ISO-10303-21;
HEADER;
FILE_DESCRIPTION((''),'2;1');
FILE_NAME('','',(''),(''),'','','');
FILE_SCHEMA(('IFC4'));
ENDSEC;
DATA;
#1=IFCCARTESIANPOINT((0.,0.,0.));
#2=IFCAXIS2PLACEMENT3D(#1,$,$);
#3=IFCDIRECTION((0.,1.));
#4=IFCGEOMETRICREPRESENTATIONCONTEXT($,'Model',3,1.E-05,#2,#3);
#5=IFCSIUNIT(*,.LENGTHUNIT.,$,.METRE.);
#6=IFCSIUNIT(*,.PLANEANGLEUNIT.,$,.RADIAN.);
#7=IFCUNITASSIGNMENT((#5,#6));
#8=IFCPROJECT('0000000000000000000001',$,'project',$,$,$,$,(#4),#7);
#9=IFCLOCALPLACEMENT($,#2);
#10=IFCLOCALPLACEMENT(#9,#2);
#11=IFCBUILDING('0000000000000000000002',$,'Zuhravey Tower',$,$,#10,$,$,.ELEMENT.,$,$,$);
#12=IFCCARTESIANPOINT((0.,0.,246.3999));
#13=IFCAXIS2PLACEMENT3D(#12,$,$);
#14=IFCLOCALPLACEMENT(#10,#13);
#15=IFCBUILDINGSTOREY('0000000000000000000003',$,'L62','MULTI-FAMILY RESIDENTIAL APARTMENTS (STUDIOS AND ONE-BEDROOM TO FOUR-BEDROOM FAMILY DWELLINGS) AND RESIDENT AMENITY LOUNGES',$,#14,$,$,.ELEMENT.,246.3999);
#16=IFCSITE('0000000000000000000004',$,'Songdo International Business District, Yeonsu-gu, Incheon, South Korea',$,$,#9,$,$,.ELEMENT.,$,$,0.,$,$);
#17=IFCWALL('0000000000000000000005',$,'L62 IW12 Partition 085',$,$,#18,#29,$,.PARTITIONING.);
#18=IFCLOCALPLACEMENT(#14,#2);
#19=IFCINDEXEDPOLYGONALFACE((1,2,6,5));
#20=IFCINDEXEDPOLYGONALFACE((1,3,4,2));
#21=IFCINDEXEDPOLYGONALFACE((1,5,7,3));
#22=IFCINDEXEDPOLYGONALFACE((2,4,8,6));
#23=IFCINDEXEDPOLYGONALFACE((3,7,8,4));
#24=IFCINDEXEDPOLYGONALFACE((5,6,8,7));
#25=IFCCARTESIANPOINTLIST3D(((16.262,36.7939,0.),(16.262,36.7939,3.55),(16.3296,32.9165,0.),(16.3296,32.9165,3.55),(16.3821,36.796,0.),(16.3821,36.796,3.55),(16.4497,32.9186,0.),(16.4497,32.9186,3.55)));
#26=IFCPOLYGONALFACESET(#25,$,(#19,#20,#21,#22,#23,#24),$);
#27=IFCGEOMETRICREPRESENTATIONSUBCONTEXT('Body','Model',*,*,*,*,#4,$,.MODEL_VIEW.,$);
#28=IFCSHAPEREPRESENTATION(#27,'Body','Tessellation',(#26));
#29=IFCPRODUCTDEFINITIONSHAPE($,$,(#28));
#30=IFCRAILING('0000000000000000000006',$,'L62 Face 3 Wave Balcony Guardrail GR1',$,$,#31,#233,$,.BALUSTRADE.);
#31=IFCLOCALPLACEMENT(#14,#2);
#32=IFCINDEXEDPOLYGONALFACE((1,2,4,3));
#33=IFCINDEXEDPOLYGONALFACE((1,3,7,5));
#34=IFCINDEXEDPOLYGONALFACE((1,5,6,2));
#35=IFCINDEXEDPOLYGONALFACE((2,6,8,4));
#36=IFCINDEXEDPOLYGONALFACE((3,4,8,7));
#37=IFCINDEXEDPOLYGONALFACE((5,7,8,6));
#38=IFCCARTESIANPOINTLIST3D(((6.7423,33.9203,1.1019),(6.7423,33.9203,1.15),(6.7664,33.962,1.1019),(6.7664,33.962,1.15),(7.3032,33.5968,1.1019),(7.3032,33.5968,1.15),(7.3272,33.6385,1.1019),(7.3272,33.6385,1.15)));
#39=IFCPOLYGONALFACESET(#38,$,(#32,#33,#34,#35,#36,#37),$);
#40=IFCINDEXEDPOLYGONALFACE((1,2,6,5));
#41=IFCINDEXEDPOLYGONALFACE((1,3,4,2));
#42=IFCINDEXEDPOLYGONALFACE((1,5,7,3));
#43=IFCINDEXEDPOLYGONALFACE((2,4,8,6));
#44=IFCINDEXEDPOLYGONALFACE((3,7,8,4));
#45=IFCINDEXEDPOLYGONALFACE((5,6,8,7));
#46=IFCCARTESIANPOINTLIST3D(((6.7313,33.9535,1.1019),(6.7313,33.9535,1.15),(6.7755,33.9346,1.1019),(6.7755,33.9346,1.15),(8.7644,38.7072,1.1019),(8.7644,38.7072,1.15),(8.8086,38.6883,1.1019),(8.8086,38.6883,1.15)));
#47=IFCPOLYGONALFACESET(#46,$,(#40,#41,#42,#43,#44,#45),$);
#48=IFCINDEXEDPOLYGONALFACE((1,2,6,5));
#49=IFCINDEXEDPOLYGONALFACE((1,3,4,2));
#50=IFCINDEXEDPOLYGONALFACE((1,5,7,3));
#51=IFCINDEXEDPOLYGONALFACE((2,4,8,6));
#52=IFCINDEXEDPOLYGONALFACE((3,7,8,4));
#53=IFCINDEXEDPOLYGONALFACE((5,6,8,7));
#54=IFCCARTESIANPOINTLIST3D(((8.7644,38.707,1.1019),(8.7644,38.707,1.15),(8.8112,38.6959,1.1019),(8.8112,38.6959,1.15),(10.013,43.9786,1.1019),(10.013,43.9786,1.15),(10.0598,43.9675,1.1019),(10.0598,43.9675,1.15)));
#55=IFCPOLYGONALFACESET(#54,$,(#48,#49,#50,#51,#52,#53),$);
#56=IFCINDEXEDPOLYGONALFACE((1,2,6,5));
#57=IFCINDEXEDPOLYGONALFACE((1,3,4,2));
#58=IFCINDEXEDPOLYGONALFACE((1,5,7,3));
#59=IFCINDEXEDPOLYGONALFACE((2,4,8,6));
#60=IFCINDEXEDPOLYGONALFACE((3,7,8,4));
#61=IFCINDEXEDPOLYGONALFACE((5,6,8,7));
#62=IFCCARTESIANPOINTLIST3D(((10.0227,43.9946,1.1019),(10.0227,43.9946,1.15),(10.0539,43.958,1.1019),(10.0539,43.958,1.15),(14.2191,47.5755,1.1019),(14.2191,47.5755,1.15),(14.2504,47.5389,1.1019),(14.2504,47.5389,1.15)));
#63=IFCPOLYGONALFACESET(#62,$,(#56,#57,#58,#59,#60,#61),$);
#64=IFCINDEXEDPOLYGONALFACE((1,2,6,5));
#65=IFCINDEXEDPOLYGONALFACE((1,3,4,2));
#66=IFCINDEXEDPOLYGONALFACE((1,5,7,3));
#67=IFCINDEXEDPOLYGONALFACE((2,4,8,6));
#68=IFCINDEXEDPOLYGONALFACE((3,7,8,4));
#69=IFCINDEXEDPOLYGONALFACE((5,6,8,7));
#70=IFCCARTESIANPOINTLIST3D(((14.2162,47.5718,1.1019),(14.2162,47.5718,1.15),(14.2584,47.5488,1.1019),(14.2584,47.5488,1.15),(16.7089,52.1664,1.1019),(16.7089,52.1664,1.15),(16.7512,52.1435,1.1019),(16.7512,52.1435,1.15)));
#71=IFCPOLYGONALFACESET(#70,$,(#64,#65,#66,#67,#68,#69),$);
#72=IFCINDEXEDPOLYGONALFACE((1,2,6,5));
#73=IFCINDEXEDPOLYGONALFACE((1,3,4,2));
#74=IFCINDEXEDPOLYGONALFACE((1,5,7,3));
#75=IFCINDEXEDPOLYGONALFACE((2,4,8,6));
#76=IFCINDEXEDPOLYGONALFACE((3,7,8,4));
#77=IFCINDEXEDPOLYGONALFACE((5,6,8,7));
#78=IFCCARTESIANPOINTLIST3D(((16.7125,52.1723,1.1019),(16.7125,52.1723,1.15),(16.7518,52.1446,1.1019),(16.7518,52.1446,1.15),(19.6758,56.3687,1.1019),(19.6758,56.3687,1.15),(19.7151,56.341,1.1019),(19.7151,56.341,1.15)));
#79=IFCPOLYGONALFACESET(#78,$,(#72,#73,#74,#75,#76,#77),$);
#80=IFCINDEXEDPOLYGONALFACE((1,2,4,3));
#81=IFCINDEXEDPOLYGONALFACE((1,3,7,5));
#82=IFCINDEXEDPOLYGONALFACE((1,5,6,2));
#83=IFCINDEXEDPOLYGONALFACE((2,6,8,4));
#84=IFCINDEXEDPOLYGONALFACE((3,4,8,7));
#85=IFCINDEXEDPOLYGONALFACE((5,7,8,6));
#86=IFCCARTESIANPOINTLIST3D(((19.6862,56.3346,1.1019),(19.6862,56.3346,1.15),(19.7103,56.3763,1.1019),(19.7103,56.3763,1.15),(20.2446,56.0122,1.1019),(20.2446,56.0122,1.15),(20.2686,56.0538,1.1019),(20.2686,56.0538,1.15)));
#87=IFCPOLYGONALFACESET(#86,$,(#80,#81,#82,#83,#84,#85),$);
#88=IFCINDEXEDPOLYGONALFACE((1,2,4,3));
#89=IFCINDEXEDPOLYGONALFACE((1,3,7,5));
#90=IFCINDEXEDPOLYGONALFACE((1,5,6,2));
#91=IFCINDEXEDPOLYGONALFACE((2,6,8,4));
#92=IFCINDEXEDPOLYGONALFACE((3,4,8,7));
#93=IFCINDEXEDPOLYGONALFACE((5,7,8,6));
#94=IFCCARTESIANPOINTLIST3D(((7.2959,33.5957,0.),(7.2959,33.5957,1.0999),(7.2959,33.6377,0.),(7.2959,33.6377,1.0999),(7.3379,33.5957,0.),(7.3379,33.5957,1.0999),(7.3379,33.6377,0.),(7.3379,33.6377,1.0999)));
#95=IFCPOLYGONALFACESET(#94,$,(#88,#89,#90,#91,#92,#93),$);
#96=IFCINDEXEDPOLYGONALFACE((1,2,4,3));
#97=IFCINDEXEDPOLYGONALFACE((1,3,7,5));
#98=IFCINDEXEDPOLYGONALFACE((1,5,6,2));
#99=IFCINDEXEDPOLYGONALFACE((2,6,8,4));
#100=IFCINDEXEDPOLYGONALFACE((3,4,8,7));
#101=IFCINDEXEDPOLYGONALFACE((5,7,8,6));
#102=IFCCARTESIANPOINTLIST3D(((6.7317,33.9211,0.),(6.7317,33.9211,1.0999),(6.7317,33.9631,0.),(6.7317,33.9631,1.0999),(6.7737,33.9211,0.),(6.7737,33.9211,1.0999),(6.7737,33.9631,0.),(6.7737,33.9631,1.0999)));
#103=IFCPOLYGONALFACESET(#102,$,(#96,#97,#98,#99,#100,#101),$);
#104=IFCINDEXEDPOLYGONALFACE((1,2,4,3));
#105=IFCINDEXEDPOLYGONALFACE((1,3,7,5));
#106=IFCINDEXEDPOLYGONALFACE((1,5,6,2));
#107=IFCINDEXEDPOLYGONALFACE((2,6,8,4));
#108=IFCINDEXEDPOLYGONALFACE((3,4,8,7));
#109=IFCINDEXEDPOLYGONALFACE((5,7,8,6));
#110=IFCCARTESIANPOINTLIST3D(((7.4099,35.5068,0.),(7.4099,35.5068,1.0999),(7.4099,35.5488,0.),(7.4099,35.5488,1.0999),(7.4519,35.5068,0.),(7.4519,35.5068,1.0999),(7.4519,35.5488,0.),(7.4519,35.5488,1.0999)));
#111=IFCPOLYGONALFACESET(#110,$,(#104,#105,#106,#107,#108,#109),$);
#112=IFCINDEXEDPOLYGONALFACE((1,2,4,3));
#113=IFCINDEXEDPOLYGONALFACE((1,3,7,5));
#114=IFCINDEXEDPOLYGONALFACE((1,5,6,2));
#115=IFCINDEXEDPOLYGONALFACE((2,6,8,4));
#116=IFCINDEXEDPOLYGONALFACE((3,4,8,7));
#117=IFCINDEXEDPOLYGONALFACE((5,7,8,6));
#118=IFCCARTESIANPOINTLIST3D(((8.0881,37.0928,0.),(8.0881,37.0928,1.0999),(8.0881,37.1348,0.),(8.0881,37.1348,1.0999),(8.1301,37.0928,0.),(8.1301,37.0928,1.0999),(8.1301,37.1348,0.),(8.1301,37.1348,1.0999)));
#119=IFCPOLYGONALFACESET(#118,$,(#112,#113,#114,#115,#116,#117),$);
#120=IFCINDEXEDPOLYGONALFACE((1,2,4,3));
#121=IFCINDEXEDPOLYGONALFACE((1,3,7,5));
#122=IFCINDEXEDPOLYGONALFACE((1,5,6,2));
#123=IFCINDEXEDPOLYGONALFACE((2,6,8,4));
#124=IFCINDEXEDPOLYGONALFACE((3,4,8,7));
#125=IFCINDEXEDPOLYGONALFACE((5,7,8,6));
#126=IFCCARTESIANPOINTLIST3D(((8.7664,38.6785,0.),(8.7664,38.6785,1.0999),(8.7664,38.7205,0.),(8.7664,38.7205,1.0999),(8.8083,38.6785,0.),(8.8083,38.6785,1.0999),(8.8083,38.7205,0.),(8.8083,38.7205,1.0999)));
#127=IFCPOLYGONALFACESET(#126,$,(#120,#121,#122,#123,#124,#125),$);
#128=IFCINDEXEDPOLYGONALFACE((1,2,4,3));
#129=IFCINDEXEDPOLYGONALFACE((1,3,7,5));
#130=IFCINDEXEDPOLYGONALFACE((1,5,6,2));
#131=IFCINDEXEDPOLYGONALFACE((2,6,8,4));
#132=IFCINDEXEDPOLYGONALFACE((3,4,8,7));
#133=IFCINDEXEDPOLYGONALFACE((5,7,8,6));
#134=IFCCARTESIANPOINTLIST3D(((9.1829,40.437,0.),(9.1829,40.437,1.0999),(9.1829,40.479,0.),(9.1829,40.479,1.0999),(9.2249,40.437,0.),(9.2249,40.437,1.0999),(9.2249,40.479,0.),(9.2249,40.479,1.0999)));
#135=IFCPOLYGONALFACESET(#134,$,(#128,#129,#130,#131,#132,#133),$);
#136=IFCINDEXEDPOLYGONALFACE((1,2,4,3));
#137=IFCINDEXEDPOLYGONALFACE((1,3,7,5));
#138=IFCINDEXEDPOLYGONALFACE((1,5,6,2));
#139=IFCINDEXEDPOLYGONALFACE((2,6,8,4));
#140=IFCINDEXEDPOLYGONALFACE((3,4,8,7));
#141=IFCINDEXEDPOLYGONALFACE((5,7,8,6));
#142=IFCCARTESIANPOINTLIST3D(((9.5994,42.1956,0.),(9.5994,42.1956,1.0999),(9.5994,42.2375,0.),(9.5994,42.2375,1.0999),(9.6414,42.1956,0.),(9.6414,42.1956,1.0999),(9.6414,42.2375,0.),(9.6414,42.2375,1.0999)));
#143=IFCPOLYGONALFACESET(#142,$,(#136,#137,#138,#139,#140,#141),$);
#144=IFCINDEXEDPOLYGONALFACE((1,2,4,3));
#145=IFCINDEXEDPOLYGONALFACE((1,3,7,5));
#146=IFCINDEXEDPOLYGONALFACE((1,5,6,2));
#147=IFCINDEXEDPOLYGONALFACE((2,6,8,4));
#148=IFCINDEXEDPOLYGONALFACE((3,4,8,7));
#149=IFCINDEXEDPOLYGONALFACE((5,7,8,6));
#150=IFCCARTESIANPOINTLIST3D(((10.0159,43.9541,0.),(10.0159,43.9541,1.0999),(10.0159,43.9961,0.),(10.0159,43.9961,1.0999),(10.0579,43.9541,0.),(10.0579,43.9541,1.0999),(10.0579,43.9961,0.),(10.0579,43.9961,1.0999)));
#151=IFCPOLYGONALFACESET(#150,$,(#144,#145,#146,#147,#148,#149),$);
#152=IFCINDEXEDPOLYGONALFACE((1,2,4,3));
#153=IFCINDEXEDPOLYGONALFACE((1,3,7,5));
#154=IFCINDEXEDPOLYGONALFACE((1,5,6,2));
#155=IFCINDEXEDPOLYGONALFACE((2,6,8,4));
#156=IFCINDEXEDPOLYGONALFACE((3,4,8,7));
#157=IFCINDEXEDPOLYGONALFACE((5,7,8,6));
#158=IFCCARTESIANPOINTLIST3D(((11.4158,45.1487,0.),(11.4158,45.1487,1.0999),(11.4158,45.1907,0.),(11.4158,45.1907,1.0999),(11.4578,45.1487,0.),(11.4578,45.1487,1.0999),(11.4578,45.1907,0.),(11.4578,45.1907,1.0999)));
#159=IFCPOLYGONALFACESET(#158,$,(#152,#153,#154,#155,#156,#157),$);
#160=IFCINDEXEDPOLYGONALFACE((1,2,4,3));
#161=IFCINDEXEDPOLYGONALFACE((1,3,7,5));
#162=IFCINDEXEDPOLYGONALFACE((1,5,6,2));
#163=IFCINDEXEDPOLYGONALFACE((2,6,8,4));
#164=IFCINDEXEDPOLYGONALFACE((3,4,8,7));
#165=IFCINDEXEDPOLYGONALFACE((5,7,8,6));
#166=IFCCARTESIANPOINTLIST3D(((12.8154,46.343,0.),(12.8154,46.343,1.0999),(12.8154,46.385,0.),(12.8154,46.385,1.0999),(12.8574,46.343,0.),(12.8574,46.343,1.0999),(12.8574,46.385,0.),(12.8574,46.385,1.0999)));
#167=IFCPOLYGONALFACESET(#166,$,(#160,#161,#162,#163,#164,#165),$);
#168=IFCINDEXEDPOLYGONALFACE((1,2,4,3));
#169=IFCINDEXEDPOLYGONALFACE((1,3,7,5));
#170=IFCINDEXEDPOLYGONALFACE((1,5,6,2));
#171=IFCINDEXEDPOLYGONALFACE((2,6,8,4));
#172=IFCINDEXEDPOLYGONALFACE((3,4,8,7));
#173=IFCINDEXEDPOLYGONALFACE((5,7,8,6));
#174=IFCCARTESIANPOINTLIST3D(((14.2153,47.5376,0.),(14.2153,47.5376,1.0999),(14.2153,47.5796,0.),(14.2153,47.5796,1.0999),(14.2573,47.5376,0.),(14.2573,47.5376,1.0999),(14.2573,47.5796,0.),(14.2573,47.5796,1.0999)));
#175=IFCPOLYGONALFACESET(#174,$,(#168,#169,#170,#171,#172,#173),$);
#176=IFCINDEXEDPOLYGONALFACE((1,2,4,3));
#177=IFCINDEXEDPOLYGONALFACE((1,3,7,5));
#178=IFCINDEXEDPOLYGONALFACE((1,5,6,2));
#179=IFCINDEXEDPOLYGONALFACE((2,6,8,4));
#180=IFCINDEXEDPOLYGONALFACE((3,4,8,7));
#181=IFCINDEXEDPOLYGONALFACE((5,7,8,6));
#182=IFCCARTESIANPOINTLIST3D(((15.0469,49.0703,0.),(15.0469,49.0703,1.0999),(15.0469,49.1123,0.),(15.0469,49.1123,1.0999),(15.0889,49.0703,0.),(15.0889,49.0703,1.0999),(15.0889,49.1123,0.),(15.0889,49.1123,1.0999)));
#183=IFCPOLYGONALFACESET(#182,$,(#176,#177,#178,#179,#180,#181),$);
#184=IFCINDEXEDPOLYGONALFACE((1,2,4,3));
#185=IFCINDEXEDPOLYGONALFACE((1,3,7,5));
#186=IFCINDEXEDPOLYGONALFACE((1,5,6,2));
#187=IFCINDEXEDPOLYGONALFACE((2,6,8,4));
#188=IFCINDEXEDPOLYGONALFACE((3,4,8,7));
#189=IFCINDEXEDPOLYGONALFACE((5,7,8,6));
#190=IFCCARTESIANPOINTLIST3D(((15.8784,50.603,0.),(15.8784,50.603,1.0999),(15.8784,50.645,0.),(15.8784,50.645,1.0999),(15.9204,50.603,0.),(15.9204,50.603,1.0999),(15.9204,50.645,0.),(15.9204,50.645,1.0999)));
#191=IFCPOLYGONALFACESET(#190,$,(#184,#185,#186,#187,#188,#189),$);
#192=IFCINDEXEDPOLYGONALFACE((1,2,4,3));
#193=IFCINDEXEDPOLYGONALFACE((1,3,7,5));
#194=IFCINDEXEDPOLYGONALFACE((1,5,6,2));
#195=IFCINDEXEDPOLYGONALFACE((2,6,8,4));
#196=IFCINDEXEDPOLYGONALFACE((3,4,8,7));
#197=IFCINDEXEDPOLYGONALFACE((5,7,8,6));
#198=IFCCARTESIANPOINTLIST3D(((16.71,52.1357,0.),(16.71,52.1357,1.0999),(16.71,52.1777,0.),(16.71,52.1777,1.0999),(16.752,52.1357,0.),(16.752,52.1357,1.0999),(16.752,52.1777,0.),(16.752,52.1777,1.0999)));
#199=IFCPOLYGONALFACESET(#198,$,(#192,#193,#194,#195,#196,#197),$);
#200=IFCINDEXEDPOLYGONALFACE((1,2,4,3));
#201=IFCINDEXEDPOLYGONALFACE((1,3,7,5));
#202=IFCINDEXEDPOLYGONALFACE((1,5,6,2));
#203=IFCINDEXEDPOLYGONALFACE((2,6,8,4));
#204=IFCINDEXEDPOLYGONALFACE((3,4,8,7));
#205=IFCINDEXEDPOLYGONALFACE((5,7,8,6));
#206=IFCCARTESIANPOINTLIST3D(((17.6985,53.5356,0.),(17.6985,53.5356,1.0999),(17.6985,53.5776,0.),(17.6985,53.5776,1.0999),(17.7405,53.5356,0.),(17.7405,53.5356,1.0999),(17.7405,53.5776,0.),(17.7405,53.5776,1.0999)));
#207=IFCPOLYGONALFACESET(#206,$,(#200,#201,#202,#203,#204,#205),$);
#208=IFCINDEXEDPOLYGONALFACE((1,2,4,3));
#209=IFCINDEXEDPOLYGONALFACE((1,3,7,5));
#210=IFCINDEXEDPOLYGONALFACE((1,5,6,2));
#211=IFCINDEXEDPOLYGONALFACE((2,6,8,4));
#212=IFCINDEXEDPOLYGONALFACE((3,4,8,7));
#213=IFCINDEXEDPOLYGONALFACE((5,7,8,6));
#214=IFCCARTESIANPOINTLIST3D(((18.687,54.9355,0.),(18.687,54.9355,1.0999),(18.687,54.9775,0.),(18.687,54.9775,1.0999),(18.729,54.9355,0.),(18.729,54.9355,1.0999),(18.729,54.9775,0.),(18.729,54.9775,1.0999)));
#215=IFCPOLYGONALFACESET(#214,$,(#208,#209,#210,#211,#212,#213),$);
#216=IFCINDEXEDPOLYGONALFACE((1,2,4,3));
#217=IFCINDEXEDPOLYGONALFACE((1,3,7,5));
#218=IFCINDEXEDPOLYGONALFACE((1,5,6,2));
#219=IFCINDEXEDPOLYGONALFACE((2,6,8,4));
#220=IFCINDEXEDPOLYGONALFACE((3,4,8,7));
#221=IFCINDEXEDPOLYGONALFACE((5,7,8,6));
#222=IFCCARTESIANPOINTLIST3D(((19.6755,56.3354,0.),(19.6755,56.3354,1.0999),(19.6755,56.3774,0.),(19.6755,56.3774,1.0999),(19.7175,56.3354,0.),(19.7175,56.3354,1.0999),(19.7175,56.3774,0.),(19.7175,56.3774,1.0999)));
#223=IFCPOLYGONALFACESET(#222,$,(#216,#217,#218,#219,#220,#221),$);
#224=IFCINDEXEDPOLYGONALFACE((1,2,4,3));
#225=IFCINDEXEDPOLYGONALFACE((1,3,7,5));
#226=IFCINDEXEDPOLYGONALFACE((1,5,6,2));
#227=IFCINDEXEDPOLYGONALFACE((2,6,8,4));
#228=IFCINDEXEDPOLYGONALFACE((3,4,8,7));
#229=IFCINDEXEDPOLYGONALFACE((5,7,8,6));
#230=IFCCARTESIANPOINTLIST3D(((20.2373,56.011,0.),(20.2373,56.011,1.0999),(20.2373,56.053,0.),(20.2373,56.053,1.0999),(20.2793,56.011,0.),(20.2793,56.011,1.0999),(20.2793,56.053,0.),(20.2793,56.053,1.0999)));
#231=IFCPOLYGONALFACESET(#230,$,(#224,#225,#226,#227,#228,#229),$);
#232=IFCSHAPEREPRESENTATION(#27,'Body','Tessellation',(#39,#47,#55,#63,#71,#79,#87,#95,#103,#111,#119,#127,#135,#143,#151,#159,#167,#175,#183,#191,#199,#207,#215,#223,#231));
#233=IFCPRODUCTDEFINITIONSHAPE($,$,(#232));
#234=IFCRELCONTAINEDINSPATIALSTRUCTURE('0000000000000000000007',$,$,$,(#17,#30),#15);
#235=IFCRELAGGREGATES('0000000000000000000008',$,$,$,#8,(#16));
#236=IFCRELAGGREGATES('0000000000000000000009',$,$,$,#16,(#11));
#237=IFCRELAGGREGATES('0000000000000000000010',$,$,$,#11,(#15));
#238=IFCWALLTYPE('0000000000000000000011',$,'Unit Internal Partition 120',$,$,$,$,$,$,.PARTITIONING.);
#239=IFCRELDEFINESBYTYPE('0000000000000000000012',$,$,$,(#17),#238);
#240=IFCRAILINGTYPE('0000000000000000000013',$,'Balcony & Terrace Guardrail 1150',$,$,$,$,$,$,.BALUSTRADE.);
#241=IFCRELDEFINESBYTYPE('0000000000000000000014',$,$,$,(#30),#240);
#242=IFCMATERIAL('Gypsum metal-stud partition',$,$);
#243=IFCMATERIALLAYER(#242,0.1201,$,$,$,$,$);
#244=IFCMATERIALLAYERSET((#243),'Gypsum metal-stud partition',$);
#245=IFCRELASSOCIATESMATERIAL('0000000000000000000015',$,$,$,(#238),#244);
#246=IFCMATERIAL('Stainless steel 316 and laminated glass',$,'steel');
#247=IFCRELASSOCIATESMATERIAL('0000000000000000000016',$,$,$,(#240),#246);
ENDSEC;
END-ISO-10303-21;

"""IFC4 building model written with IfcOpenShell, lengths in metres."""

from ifc_helpers import new_model, si_unit, direction, frame, frame_2d, origin, origin_2d, place, context, subcontext, project, spatial, rectangle, extrude, material, layer, layer_set, type_object, element, save


model = new_model("IFC4")

# Units and contexts
model_context = context("Model", 3, precision=1e-05, world=origin(), true_north=direction((0.0, 1.0)))
body_context = subcontext(model_context, "Body", "Model", "MODEL_VIEW")
ifc_project = project(units=[si_unit("LENGTHUNIT", "METRE"), si_unit("PLANEANGLEUNIT", "RADIAN")], contexts=[model_context])

# Site, building, storey
site_placement = place(None, origin())
site = spatial("IfcSite", under=ifc_project, at=site_placement, Name="Songdo International Business District, Yeonsu-gu, Incheon, South Korea", CompositionType="ELEMENT", RefElevation=0.0)
building_placement = place(site_placement, origin())
building = spatial("IfcBuilding", under=site, at=building_placement, Name="Zuhravey Tower", CompositionType="ELEMENT")
storey_placement = place(building_placement, frame((0.0, 0.0, 246.3999)))
storey = spatial("IfcBuildingStorey", under=building, at=storey_placement, Name="L62", Description="MULTI-FAMILY RESIDENTIAL APARTMENTS (STUDIOS AND ONE-BEDROOM TO FOUR-BEDROOM FAMILY DWELLINGS) AND RESIDENT AMENITY LOUNGES", CompositionType="ELEMENT", Elevation=246.3999)

# Shared definitions
ifc_material_1 = material(Name="Gypsum metal-stud partition")
ifc_layer_1 = layer(ifc_material_1, 0.1201)
ifc_layer_set_1 = layer_set([ifc_layer_1], Name="Gypsum metal-stud partition")
wall_type_1 = type_object("IfcWallType", Name="Unit Internal Partition 120", PredefinedType="PARTITIONING", material=ifc_layer_set_1)

# Wall
wall_1_placement = place(storey_placement, frame((16.322, 36.7949, 0.0), z_axis=(0.0, 0.0, 1.0), x_axis=(0.017438, -0.999848, 0.0)))
element("IfcWall", 1, at=wall_1_placement, inside=storey, type_object=wall_type_1, Name="L62 IW12 Partition 085", PredefinedType="PARTITIONING", context=body_context, shape_type="SweptSolid", body=[
    extrude(rectangle(XDim=3.8779, YDim=0.1201, at=frame_2d((1.939, 0.0))), origin(), (0.0, 0.0, 1.0), 3.55),
])

# Railing
ifc_material_2 = material(Name="Stainless steel 316 and laminated glass", Category="steel")
railing_type = type_object("IfcRailingType", Name="Balcony & Terrace Guardrail 1150", PredefinedType="BALUSTRADE", material=ifc_material_2)
railing_placement = place(storey_placement, frame((7.3169, 33.6167, 0.0)))
element("IfcRailing", 2, at=railing_placement, inside=storey, type_object=railing_type, Name="L62 Face 3 Wave Balcony Guardrail GR1", PredefinedType="BALUSTRADE", context=body_context, shape_type="SweptSolid", body=[
    extrude(rectangle(XDim=0.0481, YDim=0.0481, at=origin_2d()), frame((-0.0017, 0.001, 1.126), z_axis=(-0.866229, 0.499647, 0.0), x_axis=(-0.499647, -0.866229, 0.0)), (0.0, 0.0, 1.0), 0.6475),
    extrude(rectangle(XDim=0.0481, YDim=0.0481, at=origin_2d()), frame((-0.5635, 0.3274, 1.126), z_axis=(0.393236, 0.919438, 0.0), x_axis=(-0.919438, 0.393236, 0.0)), (0.0, 0.0, 1.0), 5.1702),
    extrude(rectangle(XDim=0.0481, YDim=0.0481, at=origin_2d()), frame((1.4709, 5.0847, 1.126), z_axis=(0.23047, 0.973079, 0.0), x_axis=(-0.973079, 0.23047, 0.0)), (0.0, 0.0, 1.0), 5.4175),
    extrude(rectangle(XDim=0.0481, YDim=0.0481, at=origin_2d()), frame((2.7214, 10.3596, 1.126), z_axis=(0.760691, 0.649114, 0.0), x_axis=(-0.649114, 0.760691, 0.0)), (0.0, 0.0, 1.0), 5.5166),
    extrude(rectangle(XDim=0.0481, YDim=0.0481, at=origin_2d()), frame((6.9204, 13.9436, 1.126), z_axis=(0.476869, 0.878974, 0.0), x_axis=(-0.878974, 0.476869, 0.0)), (0.0, 0.0, 1.0), 5.2273),
    extrude(rectangle(XDim=0.0481, YDim=0.0481, at=origin_2d()), frame((9.4153, 18.5417, 1.126), z_axis=(0.576823, 0.816869, 0.0), x_axis=(-0.816869, 0.576823, 0.0)), (0.0, 0.0, 1.0), 5.1372),
    extrude(rectangle(XDim=0.0481, YDim=0.0481, at=origin_2d()), frame((12.3813, 22.7388, 1.126), z_axis=(0.865941, -0.500146, 0.0), x_axis=(0.500146, 0.865941, 0.0)), (0.0, 0.0, 1.0), 0.6448),
    extrude(rectangle(XDim=0.042, YDim=0.042, at=origin_2d()), origin(), (0.0, 0.0, 1.0), 1.0999),
    extrude(rectangle(XDim=0.042, YDim=0.042, at=origin_2d()), frame((-0.5642, 0.3254, 0.0)), (0.0, 0.0, 1.0), 1.0999),
    extrude(rectangle(XDim=0.042, YDim=0.042, at=origin_2d()), frame((0.114, 1.9111, 0.0)), (0.0, 0.0, 1.0), 1.0999),
    extrude(rectangle(XDim=0.042, YDim=0.042, at=origin_2d()), frame((0.7922, 3.4971, 0.0)), (0.0, 0.0, 1.0), 1.0999),
    extrude(rectangle(XDim=0.042, YDim=0.042, at=origin_2d()), frame((1.4705, 5.0828, 0.0)), (0.0, 0.0, 1.0), 1.0999),
    extrude(rectangle(XDim=0.042, YDim=0.042, at=origin_2d()), frame((1.887, 6.8413, 0.0)), (0.0, 0.0, 1.0), 1.0999),
    extrude(rectangle(XDim=0.042, YDim=0.042, at=origin_2d()), frame((2.3035, 8.5999, 0.0)), (0.0, 0.0, 1.0), 1.0999),
    extrude(rectangle(XDim=0.042, YDim=0.042, at=origin_2d()), frame((2.72, 10.3584, 0.0)), (0.0, 0.0, 1.0), 1.0999),
    extrude(rectangle(XDim=0.042, YDim=0.042, at=origin_2d()), frame((4.1199, 11.553, 0.0)), (0.0, 0.0, 1.0), 1.0999),
    extrude(rectangle(XDim=0.042, YDim=0.042, at=origin_2d()), frame((5.5195, 12.7473, 0.0)), (0.0, 0.0, 1.0), 1.0999),
    extrude(rectangle(XDim=0.042, YDim=0.042, at=origin_2d()), frame((6.9194, 13.9419, 0.0)), (0.0, 0.0, 1.0), 1.0999),
    extrude(rectangle(XDim=0.042, YDim=0.042, at=origin_2d()), frame((7.751, 15.4746, 0.0)), (0.0, 0.0, 1.0), 1.0999),
    extrude(rectangle(XDim=0.042, YDim=0.042, at=origin_2d()), frame((8.5825, 17.0073, 0.0)), (0.0, 0.0, 1.0), 1.0999),
    extrude(rectangle(XDim=0.042, YDim=0.042, at=origin_2d()), frame((9.4141, 18.54, 0.0)), (0.0, 0.0, 1.0), 1.0999),
    extrude(rectangle(XDim=0.042, YDim=0.042, at=origin_2d()), frame((10.4026, 19.9399, 0.0)), (0.0, 0.0, 1.0), 1.0999),
    extrude(rectangle(XDim=0.042, YDim=0.042, at=origin_2d()), frame((11.3911, 21.3398, 0.0)), (0.0, 0.0, 1.0), 1.0999),
    extrude(rectangle(XDim=0.042, YDim=0.042, at=origin_2d()), frame((12.3796, 22.7397, 0.0)), (0.0, 0.0, 1.0), 1.0999),
    extrude(rectangle(XDim=0.042, YDim=0.042, at=origin_2d()), frame((12.9414, 22.4153, 0.0)), (0.0, 0.0, 1.0), 1.0999),
])

save(model, "model.ifc")
